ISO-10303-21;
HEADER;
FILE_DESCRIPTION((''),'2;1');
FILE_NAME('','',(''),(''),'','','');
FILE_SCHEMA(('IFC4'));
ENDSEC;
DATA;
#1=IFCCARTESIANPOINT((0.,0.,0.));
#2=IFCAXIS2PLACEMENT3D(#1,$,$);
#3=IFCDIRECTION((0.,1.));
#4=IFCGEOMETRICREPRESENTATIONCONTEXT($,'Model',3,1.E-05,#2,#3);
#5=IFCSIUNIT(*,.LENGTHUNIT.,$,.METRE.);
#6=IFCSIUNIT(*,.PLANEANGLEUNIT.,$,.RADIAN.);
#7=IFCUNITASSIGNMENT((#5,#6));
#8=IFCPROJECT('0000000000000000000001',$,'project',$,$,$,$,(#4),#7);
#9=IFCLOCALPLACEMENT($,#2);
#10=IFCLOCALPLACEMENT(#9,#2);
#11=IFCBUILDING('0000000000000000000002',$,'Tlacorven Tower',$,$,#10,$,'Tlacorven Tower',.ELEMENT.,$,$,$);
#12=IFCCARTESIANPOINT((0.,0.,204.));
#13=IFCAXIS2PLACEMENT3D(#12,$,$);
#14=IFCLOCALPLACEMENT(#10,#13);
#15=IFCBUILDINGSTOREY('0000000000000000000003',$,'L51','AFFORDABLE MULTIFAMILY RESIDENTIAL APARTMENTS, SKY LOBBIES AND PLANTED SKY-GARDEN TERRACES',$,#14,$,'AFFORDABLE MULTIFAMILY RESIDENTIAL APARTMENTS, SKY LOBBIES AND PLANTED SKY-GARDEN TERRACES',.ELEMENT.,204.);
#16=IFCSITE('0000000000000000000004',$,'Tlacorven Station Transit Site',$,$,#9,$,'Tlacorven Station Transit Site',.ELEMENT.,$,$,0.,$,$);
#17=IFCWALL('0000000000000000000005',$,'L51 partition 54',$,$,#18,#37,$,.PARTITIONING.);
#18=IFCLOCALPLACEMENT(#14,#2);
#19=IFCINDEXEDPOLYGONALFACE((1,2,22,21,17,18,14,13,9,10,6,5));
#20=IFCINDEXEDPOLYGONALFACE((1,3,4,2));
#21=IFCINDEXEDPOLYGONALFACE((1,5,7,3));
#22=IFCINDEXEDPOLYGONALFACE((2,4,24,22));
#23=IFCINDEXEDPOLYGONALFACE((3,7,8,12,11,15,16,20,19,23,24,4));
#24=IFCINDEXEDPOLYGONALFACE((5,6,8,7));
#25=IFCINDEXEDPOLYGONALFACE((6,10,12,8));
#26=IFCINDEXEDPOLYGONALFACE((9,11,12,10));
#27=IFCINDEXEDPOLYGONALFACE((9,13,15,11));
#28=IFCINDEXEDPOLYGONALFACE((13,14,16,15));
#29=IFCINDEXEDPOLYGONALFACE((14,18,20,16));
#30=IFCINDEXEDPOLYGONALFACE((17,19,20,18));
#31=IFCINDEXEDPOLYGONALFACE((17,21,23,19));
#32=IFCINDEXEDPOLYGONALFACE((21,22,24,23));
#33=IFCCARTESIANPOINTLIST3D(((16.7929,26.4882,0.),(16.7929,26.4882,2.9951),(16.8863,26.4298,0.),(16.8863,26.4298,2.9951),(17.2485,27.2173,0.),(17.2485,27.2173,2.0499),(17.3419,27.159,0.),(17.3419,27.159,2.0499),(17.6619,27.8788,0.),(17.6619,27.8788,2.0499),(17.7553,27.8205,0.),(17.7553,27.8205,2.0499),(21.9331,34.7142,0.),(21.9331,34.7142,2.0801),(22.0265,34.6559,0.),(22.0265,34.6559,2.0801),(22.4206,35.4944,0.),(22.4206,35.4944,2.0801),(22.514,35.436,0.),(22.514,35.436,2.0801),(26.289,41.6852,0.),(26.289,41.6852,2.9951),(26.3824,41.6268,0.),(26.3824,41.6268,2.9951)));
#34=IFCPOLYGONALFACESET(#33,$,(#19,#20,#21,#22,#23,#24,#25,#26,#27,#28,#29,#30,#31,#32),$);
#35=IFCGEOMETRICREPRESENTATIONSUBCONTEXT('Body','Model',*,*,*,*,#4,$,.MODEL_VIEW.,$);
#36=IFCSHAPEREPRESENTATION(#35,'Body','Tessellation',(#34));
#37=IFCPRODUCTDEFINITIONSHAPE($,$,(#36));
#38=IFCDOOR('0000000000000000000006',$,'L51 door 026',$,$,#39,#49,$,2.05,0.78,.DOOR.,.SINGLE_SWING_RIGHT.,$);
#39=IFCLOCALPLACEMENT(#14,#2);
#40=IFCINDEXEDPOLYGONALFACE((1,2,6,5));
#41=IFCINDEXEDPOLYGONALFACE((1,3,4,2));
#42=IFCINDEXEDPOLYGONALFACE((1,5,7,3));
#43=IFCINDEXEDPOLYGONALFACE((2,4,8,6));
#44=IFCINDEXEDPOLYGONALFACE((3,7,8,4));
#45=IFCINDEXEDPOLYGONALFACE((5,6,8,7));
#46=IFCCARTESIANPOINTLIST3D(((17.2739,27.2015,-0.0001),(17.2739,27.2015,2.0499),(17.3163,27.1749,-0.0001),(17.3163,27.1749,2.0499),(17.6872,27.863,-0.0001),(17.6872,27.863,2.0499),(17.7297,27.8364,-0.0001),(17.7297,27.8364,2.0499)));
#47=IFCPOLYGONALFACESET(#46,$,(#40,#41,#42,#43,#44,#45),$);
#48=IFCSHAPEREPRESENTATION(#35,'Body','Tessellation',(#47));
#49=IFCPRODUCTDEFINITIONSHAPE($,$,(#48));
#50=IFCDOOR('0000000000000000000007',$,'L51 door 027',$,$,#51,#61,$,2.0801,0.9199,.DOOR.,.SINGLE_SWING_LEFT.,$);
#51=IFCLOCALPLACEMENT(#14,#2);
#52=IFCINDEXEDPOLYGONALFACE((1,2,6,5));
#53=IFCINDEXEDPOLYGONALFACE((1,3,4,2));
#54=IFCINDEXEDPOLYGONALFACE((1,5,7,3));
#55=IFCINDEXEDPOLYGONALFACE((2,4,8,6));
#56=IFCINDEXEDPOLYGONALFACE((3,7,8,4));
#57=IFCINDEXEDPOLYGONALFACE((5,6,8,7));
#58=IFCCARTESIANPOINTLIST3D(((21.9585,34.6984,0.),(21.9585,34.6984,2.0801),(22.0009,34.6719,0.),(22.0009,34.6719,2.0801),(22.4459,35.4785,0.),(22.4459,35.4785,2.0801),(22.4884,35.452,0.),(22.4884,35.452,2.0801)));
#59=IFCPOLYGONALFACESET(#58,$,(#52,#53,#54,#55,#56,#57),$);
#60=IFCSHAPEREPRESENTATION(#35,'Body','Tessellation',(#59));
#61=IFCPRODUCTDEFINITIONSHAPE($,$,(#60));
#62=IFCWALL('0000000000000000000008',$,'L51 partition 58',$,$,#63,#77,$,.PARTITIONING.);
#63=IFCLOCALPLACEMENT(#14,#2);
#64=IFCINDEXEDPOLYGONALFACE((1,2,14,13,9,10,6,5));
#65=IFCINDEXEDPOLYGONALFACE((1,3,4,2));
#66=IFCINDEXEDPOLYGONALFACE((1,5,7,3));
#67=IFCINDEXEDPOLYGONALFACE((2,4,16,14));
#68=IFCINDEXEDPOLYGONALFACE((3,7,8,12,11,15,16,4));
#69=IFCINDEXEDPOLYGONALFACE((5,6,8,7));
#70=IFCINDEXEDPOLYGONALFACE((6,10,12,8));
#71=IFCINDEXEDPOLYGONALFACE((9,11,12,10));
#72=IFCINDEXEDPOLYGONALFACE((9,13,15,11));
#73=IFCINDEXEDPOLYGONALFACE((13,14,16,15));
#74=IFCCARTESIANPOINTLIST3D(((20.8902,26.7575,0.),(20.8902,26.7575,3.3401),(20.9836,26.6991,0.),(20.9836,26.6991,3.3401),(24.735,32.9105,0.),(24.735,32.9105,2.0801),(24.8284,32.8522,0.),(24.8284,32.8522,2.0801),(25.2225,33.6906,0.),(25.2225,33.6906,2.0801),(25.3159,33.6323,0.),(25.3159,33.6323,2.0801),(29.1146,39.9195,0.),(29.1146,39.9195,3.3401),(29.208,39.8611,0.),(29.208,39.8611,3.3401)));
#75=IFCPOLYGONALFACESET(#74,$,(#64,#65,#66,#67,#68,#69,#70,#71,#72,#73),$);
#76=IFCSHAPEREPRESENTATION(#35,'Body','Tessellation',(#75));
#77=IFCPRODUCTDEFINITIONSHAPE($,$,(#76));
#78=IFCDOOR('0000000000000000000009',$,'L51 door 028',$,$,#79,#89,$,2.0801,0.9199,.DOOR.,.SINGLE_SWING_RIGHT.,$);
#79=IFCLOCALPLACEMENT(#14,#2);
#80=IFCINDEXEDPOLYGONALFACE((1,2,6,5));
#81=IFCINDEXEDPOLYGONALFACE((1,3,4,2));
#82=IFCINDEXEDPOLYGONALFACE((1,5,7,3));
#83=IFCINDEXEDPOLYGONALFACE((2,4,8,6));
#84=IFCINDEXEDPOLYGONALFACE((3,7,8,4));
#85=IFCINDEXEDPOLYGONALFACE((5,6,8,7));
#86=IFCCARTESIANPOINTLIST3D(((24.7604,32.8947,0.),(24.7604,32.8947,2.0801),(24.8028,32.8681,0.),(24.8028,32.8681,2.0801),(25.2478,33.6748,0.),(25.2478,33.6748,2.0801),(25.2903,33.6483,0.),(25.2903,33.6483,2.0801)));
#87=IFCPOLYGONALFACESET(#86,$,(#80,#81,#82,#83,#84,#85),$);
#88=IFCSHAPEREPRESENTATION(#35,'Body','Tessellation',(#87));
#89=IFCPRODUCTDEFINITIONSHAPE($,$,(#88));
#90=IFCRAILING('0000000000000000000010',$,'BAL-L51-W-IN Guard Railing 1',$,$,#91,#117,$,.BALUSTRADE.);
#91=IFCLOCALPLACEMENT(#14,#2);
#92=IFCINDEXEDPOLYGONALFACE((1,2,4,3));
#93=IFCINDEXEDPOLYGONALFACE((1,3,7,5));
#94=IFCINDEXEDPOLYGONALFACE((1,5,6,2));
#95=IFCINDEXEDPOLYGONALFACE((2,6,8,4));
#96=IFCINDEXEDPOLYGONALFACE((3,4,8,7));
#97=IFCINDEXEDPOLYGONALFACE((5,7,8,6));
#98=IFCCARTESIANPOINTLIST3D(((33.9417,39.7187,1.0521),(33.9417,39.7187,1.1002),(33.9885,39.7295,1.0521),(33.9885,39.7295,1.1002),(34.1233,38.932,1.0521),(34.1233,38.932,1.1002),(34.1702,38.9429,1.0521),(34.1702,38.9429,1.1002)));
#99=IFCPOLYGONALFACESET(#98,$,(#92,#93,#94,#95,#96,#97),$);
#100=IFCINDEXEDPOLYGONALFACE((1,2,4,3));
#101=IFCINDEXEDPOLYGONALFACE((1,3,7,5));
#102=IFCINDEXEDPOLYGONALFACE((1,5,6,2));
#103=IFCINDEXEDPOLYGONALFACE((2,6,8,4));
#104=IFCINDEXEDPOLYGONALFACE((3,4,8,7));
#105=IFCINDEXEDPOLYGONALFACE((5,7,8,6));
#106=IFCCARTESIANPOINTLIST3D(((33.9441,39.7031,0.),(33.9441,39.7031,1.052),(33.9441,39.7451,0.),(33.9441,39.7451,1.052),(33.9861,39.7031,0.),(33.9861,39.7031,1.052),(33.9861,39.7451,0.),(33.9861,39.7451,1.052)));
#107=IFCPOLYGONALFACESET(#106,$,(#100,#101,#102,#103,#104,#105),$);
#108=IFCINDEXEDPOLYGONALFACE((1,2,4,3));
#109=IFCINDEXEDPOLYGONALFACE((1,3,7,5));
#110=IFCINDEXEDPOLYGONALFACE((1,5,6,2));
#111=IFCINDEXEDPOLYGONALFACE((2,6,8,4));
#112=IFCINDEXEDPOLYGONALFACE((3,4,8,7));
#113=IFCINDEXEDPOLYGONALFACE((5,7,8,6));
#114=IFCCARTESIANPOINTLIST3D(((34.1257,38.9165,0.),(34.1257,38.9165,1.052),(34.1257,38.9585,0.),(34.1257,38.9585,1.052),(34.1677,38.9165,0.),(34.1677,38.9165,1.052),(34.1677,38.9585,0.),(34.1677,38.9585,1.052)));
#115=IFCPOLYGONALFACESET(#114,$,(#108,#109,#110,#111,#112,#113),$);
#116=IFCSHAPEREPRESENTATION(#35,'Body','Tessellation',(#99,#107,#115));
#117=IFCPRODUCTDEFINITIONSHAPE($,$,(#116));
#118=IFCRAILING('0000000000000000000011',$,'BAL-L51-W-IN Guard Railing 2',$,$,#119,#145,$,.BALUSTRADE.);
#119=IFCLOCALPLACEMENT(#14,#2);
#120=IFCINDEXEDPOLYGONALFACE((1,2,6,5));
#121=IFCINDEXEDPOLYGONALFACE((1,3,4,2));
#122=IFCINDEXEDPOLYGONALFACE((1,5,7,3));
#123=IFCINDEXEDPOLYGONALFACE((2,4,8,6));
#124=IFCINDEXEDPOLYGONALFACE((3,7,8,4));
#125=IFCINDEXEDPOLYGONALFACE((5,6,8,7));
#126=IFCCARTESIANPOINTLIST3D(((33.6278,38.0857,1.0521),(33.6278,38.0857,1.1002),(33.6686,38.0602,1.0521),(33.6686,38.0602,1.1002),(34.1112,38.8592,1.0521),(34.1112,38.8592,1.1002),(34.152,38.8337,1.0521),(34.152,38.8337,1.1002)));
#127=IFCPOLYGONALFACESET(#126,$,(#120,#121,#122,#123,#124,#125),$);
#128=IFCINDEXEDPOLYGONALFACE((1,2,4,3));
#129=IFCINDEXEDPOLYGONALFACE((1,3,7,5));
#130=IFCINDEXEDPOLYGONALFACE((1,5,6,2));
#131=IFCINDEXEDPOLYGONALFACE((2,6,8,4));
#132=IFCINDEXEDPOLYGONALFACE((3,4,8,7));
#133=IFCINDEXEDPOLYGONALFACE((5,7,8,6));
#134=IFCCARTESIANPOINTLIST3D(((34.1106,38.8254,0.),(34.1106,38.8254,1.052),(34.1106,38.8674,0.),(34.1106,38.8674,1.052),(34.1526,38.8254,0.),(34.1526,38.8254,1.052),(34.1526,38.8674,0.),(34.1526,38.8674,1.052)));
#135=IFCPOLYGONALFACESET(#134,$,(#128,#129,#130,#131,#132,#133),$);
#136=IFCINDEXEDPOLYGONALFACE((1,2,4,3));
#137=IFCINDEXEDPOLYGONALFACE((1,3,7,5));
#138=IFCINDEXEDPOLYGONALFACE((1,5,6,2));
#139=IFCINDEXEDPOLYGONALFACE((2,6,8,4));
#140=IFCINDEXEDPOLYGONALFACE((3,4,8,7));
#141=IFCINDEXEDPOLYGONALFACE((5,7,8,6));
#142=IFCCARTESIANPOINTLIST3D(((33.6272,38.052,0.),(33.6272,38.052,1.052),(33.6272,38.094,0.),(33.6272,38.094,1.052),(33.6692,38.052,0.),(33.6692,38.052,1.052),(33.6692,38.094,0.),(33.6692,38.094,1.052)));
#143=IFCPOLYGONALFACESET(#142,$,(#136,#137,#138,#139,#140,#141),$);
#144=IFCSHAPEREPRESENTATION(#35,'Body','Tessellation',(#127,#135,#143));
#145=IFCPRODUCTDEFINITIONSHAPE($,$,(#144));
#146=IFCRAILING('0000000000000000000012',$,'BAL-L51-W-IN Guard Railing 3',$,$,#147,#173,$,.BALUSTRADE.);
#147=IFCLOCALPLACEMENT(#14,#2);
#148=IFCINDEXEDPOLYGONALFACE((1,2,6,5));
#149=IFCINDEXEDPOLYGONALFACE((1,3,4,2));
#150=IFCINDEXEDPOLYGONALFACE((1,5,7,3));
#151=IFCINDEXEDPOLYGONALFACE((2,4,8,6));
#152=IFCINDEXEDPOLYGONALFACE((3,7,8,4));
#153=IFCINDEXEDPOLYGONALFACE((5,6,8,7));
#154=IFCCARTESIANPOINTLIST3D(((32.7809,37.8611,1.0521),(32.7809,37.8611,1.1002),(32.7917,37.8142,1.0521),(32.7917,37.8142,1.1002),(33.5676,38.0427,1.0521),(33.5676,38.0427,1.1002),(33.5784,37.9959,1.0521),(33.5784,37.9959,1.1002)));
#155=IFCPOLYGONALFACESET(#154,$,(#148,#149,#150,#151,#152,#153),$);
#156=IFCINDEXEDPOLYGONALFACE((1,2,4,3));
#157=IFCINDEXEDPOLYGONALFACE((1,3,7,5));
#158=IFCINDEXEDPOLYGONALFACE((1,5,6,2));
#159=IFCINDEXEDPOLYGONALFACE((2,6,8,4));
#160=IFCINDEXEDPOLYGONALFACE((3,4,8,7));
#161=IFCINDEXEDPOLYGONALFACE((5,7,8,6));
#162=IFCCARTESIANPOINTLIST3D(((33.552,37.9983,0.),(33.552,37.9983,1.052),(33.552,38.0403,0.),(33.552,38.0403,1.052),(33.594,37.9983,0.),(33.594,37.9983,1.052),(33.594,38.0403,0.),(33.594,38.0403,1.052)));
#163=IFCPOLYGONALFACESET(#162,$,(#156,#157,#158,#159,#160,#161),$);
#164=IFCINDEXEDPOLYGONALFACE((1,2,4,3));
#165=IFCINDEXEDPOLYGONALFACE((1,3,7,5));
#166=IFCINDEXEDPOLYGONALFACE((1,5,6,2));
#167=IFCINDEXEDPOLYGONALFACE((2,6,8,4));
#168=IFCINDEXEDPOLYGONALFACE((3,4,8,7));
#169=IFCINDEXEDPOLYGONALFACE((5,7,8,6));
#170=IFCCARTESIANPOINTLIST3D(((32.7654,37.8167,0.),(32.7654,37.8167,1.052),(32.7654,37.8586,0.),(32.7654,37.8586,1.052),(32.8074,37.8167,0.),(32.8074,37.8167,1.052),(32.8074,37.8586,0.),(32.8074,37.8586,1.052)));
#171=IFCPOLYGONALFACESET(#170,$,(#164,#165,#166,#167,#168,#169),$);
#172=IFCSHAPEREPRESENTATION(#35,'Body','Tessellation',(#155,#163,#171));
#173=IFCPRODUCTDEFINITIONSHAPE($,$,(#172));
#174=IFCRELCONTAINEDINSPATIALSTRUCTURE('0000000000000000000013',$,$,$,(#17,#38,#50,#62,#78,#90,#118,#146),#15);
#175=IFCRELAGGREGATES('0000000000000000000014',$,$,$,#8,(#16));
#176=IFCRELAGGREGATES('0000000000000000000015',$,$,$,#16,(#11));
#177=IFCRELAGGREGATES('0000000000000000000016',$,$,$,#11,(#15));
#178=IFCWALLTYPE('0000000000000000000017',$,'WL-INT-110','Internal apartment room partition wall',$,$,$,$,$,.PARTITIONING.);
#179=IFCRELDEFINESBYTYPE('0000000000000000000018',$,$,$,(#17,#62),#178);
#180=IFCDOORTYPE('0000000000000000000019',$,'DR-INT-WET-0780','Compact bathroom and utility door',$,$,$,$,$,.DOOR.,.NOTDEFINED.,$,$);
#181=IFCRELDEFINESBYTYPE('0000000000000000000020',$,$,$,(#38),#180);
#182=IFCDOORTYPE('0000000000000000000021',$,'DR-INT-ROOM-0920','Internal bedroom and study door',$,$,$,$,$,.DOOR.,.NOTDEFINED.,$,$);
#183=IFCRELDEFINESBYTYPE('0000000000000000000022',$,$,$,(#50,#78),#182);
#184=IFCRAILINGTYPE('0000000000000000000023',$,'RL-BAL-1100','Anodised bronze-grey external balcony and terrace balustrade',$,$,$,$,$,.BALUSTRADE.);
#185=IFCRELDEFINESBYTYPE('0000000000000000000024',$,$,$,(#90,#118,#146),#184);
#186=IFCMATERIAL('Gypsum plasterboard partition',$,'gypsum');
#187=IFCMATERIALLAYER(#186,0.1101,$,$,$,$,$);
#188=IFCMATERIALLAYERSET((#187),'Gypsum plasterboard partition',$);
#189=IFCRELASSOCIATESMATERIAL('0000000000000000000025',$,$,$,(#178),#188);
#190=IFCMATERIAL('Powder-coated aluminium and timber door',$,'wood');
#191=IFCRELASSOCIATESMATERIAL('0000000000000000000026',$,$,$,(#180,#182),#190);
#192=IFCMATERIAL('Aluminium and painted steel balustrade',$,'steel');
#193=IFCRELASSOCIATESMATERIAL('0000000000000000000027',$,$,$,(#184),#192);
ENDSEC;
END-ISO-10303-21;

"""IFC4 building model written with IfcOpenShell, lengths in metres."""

from ifc_helpers import new_model, si_unit, direction, frame, frame_2d, origin, origin_2d, place, context, subcontext, project, spatial, rectangle, extrude, source, transform, mapped, material, layer, layer_set, type_object, element, fill, save


model = new_model("IFC4")

# Units and contexts
model_context = context("Model", 3, precision=1e-05, world=origin(), true_north=direction((0.0, 1.0)))
body_context = subcontext(model_context, "Body", "Model", "MODEL_VIEW")
ifc_project = project(units=[si_unit("LENGTHUNIT", "METRE"), si_unit("PLANEANGLEUNIT", "RADIAN")], contexts=[model_context])

# Site, building, storey
site_placement = place(None, origin())
site = spatial("IfcSite", under=ifc_project, at=site_placement, Name="Tlacorven Station Transit Site", LongName="Tlacorven Station Transit Site", CompositionType="ELEMENT", RefElevation=0.0)
building_placement = place(site_placement, origin())
building = spatial("IfcBuilding", under=site, at=building_placement, Name="Tlacorven Tower", LongName="Tlacorven Tower", CompositionType="ELEMENT")
storey_placement = place(building_placement, frame((0.0, 0.0, 204.0)))
storey = spatial("IfcBuildingStorey", under=building, at=storey_placement, Name="L51", Description="AFFORDABLE MULTIFAMILY RESIDENTIAL APARTMENTS, SKY LOBBIES AND PLANTED SKY-GARDEN TERRACES", LongName="AFFORDABLE MULTIFAMILY RESIDENTIAL APARTMENTS, SKY LOBBIES AND PLANTED SKY-GARDEN TERRACES", CompositionType="ELEMENT", Elevation=204.0)

# Wall, openings, doors
ifc_material_1 = material(Name="Gypsum plasterboard partition", Category="gypsum")
ifc_layer_1 = layer(ifc_material_1, 0.1101)
ifc_layer_set_1 = layer_set([ifc_layer_1], Name="Gypsum plasterboard partition")
wall_type_1 = type_object("IfcWallType", Name="WL-INT-110", Description="Internal apartment room partition wall", PredefinedType="PARTITIONING", material=ifc_layer_set_1)
wall_1_placement = place(storey_placement, frame((26.3357, 41.656, 0.0), z_axis=(0.0, 0.0, 1.0), x_axis=(-0.529917, -0.84805, 0.0)))
wall_1 = element("IfcWall", 1, at=wall_1_placement, inside=storey, type_object=wall_type_1, Name="L51 partition 54", PredefinedType="PARTITIONING", context=body_context, shape_type="SweptSolid", body=[
    extrude(rectangle(XDim=17.9199, YDim=0.1101, at=frame_2d((8.96, 0.0))), origin(), (0.0, 0.0, 1.0), 2.9951),
])
opening_1_placement = place(wall_1_placement, frame((16.28, 0.0, 0.0)))
opening_1 = element("IfcOpeningElement", 2, at=opening_1_placement, cuts=wall_1, PredefinedType="OPENING", context=body_context, shape_type="SweptSolid", body=[
    extrude(rectangle(XDim=0.78, YDim=2.05, at=frame_2d((0.3901, 1.0249))), frame((0.0, 0.0649, 0.0), z_axis=(0.0, -1.0, 0.0), x_axis=(1.0, 0.0, 0.0)), (0.0, 0.0, 1.0), 0.1301),
])
opening_2_placement = place(wall_1_placement, frame((7.3, 0.0, 0.0)))
opening_2 = element("IfcOpeningElement", 3, at=opening_2_placement, cuts=wall_1, PredefinedType="OPENING", context=body_context, shape_type="SweptSolid", body=[
    extrude(rectangle(XDim=0.9199, YDim=2.0801, at=frame_2d((0.46, 1.04))), frame((0.0, 0.0649, 0.0), z_axis=(0.0, -1.0, 0.0), x_axis=(1.0, 0.0, 0.0)), (0.0, 0.0, 1.0), 0.1301),
])
ifc_material_2 = material(Name="Powder-coated aluminium and timber door", Category="wood")
door_type_1 = type_object("IfcDoorType", Name="DR-INT-WET-0780", Description="Compact bathroom and utility door", OperationType="NOTDEFINED", PredefinedType="DOOR", material=ifc_material_2)
shared_shape_1 = source(origin(), body_context, "Body", "SweptSolid", [
    extrude(rectangle(XDim=0.78, YDim=2.05, at=frame_2d((0.3901, 1.0249))), frame((0.0, 0.0249, 0.0), z_axis=(0.0, -1.0, 0.0), x_axis=(1.0, 0.0, 0.0)), (0.0, 0.0, 1.0), 0.05),
])
door_1_placement = place(opening_1_placement, origin())
door_1 = element("IfcDoor", 4, at=door_1_placement, inside=storey, type_object=door_type_1, Name="L51 door 026", OperationType="SINGLE_SWING_RIGHT", OverallHeight=2.05, OverallWidth=0.78, PredefinedType="DOOR", context=body_context, shape_type="MappedRepresentation", body=[
    mapped(shared_shape_1, transform((0.0, 0.0, 0.0), scale=1.0)),
])
fill(opening_1, door_1)
door_type_2 = type_object("IfcDoorType", Name="DR-INT-ROOM-0920", Description="Internal bedroom and study door", OperationType="NOTDEFINED", PredefinedType="DOOR", material=ifc_material_2)
shared_shape_2 = source(origin(), body_context, "Body", "SweptSolid", [
    extrude(rectangle(XDim=0.9199, YDim=2.0801, at=frame_2d((0.46, 1.04))), frame((0.0, 0.0249, 0.0), z_axis=(0.0, -1.0, 0.0), x_axis=(1.0, 0.0, 0.0)), (0.0, 0.0, 1.0), 0.05),
])
door_2_placement = place(opening_2_placement, origin())
door_2 = element("IfcDoor", 5, at=door_2_placement, inside=storey, type_object=door_type_2, Name="L51 door 027", OperationType="SINGLE_SWING_LEFT", OverallHeight=2.0801, OverallWidth=0.9199, PredefinedType="DOOR", context=body_context, shape_type="MappedRepresentation", body=[
    mapped(shared_shape_2, transform((0.0, 0.0, 0.0), scale=1.0)),
])
fill(opening_2, door_2)

# Wall, opening, door
wall_2_placement = place(storey_placement, frame((29.1614, 39.8904, 0.0), z_axis=(0.0, 0.0, 1.0), x_axis=(-0.529916, -0.84805, 0.0)))
wall_2 = element("IfcWall", 6, at=wall_2_placement, inside=storey, type_object=wall_type_1, Name="L51 partition 58", PredefinedType="PARTITIONING", context=body_context, shape_type="SweptSolid", body=[
    extrude(rectangle(XDim=15.5203, YDim=0.1101, at=frame_2d((7.7603, 0.0))), origin(), (0.0, 0.0, 1.0), 3.3401),
])
opening_3_placement = place(wall_2_placement, frame((7.345, 0.0, 0.0)))
opening_3 = element("IfcOpeningElement", 7, at=opening_3_placement, cuts=wall_2, PredefinedType="OPENING", context=body_context, shape_type="SweptSolid", body=[
    extrude(rectangle(XDim=0.9199, YDim=2.0801, at=frame_2d((0.46, 1.04))), frame((0.0, 0.0649, 0.0), z_axis=(0.0, -1.0, 0.0), x_axis=(1.0, 0.0, 0.0)), (0.0, 0.0, 1.0), 0.1301),
])
door_3_placement = place(opening_3_placement, origin())
door_3 = element("IfcDoor", 8, at=door_3_placement, inside=storey, type_object=door_type_2, Name="L51 door 028", OperationType="SINGLE_SWING_RIGHT", OverallHeight=2.0801, OverallWidth=0.9199, PredefinedType="DOOR", context=body_context, shape_type="MappedRepresentation", body=[
    mapped(shared_shape_2, transform((0.0, 0.0, 0.0), scale=1.0)),
])
fill(opening_3, door_3)

# Railings
ifc_material_3 = material(Name="Aluminium and painted steel balustrade", Category="steel")
railing_type = type_object("IfcRailingType", Name="RL-BAL-1100", Description="Anodised bronze-grey external balcony and terrace balustrade", PredefinedType="BALUSTRADE", material=ifc_material_3)
shared_shape_3 = source(origin(), body_context, "Body", "SweptSolid", [
    extrude(rectangle(XDim=0.0481, YDim=0.0481, at=origin_2d()), frame((0.0, 0.0, 1.0762), z_axis=(0.224992, -0.974361, 0.0), x_axis=(0.974361, 0.224992, 0.0)), (0.0, 0.0, 1.0), 0.8074),
    extrude(rectangle(XDim=0.042, YDim=0.042, at=origin_2d()), origin(), (0.0, 0.0, 1.0), 1.052),
    extrude(rectangle(XDim=0.042, YDim=0.042, at=origin_2d()), frame((0.1816, -0.7866, 0.0)), (0.0, 0.0, 1.0), 1.052),
])
railing_1_placement = place(storey_placement, frame((33.9651, 39.7241, 0.0)))
element("IfcRailing", 9, at=railing_1_placement, inside=storey, type_object=railing_type, Name="BAL-L51-W-IN Guard Railing 1", PredefinedType="BALUSTRADE", context=body_context, shape_type="MappedRepresentation", body=[
    mapped(shared_shape_3, transform((0.0, 0.0, 0.0), scale=1.0)),
])
shared_shape_4 = source(origin(), body_context, "Body", "SweptSolid", [
    extrude(rectangle(XDim=0.0481, YDim=0.0481, at=origin_2d()), frame((0.0, 0.0, 1.0762), z_axis=(-0.529999, -0.847998, 0.0), x_axis=(0.847998, -0.529999, 0.0)), (0.0, 0.0, 1.0), 0.9121),
    extrude(rectangle(XDim=0.042, YDim=0.042, at=origin_2d()), origin(), (0.0, 0.0, 1.0), 1.052),
    extrude(rectangle(XDim=0.042, YDim=0.042, at=origin_2d()), frame((-0.4834, -0.7734, 0.0)), (0.0, 0.0, 1.0), 1.052),
])
railing_2_placement = place(storey_placement, frame((34.1316, 38.8464, 0.0)))
element("IfcRailing", 10, at=railing_2_placement, inside=storey, type_object=railing_type, Name="BAL-L51-W-IN Guard Railing 2", PredefinedType="BALUSTRADE", context=body_context, shape_type="MappedRepresentation", body=[
    mapped(shared_shape_4, transform((0.0, 0.0, 0.0), scale=1.0)),
])
shared_shape_5 = source(origin(), body_context, "Body", "SweptSolid", [
    extrude(rectangle(XDim=0.0481, YDim=0.0481, at=origin_2d()), frame((0.0, 0.0, 1.0762), z_axis=(-0.974361, -0.224992, 0.0), x_axis=(0.224992, -0.974361, 0.0)), (0.0, 0.0, 1.0), 0.8074),
    extrude(rectangle(XDim=0.042, YDim=0.042, at=origin_2d()), origin(), (0.0, 0.0, 1.0), 1.052),
    extrude(rectangle(XDim=0.042, YDim=0.042, at=origin_2d()), frame((-0.7866, -0.1816, 0.0)), (0.0, 0.0, 1.0), 1.052),
])
railing_3_placement = place(storey_placement, frame((33.573, 38.0193, 0.0)))
element("IfcRailing", 11, at=railing_3_placement, inside=storey, type_object=railing_type, Name="BAL-L51-W-IN Guard Railing 3", PredefinedType="BALUSTRADE", context=body_context, shape_type="MappedRepresentation", body=[
    mapped(shared_shape_5, transform((0.0, 0.0, 0.0), scale=1.0)),
])

save(model, "model.ifc")
